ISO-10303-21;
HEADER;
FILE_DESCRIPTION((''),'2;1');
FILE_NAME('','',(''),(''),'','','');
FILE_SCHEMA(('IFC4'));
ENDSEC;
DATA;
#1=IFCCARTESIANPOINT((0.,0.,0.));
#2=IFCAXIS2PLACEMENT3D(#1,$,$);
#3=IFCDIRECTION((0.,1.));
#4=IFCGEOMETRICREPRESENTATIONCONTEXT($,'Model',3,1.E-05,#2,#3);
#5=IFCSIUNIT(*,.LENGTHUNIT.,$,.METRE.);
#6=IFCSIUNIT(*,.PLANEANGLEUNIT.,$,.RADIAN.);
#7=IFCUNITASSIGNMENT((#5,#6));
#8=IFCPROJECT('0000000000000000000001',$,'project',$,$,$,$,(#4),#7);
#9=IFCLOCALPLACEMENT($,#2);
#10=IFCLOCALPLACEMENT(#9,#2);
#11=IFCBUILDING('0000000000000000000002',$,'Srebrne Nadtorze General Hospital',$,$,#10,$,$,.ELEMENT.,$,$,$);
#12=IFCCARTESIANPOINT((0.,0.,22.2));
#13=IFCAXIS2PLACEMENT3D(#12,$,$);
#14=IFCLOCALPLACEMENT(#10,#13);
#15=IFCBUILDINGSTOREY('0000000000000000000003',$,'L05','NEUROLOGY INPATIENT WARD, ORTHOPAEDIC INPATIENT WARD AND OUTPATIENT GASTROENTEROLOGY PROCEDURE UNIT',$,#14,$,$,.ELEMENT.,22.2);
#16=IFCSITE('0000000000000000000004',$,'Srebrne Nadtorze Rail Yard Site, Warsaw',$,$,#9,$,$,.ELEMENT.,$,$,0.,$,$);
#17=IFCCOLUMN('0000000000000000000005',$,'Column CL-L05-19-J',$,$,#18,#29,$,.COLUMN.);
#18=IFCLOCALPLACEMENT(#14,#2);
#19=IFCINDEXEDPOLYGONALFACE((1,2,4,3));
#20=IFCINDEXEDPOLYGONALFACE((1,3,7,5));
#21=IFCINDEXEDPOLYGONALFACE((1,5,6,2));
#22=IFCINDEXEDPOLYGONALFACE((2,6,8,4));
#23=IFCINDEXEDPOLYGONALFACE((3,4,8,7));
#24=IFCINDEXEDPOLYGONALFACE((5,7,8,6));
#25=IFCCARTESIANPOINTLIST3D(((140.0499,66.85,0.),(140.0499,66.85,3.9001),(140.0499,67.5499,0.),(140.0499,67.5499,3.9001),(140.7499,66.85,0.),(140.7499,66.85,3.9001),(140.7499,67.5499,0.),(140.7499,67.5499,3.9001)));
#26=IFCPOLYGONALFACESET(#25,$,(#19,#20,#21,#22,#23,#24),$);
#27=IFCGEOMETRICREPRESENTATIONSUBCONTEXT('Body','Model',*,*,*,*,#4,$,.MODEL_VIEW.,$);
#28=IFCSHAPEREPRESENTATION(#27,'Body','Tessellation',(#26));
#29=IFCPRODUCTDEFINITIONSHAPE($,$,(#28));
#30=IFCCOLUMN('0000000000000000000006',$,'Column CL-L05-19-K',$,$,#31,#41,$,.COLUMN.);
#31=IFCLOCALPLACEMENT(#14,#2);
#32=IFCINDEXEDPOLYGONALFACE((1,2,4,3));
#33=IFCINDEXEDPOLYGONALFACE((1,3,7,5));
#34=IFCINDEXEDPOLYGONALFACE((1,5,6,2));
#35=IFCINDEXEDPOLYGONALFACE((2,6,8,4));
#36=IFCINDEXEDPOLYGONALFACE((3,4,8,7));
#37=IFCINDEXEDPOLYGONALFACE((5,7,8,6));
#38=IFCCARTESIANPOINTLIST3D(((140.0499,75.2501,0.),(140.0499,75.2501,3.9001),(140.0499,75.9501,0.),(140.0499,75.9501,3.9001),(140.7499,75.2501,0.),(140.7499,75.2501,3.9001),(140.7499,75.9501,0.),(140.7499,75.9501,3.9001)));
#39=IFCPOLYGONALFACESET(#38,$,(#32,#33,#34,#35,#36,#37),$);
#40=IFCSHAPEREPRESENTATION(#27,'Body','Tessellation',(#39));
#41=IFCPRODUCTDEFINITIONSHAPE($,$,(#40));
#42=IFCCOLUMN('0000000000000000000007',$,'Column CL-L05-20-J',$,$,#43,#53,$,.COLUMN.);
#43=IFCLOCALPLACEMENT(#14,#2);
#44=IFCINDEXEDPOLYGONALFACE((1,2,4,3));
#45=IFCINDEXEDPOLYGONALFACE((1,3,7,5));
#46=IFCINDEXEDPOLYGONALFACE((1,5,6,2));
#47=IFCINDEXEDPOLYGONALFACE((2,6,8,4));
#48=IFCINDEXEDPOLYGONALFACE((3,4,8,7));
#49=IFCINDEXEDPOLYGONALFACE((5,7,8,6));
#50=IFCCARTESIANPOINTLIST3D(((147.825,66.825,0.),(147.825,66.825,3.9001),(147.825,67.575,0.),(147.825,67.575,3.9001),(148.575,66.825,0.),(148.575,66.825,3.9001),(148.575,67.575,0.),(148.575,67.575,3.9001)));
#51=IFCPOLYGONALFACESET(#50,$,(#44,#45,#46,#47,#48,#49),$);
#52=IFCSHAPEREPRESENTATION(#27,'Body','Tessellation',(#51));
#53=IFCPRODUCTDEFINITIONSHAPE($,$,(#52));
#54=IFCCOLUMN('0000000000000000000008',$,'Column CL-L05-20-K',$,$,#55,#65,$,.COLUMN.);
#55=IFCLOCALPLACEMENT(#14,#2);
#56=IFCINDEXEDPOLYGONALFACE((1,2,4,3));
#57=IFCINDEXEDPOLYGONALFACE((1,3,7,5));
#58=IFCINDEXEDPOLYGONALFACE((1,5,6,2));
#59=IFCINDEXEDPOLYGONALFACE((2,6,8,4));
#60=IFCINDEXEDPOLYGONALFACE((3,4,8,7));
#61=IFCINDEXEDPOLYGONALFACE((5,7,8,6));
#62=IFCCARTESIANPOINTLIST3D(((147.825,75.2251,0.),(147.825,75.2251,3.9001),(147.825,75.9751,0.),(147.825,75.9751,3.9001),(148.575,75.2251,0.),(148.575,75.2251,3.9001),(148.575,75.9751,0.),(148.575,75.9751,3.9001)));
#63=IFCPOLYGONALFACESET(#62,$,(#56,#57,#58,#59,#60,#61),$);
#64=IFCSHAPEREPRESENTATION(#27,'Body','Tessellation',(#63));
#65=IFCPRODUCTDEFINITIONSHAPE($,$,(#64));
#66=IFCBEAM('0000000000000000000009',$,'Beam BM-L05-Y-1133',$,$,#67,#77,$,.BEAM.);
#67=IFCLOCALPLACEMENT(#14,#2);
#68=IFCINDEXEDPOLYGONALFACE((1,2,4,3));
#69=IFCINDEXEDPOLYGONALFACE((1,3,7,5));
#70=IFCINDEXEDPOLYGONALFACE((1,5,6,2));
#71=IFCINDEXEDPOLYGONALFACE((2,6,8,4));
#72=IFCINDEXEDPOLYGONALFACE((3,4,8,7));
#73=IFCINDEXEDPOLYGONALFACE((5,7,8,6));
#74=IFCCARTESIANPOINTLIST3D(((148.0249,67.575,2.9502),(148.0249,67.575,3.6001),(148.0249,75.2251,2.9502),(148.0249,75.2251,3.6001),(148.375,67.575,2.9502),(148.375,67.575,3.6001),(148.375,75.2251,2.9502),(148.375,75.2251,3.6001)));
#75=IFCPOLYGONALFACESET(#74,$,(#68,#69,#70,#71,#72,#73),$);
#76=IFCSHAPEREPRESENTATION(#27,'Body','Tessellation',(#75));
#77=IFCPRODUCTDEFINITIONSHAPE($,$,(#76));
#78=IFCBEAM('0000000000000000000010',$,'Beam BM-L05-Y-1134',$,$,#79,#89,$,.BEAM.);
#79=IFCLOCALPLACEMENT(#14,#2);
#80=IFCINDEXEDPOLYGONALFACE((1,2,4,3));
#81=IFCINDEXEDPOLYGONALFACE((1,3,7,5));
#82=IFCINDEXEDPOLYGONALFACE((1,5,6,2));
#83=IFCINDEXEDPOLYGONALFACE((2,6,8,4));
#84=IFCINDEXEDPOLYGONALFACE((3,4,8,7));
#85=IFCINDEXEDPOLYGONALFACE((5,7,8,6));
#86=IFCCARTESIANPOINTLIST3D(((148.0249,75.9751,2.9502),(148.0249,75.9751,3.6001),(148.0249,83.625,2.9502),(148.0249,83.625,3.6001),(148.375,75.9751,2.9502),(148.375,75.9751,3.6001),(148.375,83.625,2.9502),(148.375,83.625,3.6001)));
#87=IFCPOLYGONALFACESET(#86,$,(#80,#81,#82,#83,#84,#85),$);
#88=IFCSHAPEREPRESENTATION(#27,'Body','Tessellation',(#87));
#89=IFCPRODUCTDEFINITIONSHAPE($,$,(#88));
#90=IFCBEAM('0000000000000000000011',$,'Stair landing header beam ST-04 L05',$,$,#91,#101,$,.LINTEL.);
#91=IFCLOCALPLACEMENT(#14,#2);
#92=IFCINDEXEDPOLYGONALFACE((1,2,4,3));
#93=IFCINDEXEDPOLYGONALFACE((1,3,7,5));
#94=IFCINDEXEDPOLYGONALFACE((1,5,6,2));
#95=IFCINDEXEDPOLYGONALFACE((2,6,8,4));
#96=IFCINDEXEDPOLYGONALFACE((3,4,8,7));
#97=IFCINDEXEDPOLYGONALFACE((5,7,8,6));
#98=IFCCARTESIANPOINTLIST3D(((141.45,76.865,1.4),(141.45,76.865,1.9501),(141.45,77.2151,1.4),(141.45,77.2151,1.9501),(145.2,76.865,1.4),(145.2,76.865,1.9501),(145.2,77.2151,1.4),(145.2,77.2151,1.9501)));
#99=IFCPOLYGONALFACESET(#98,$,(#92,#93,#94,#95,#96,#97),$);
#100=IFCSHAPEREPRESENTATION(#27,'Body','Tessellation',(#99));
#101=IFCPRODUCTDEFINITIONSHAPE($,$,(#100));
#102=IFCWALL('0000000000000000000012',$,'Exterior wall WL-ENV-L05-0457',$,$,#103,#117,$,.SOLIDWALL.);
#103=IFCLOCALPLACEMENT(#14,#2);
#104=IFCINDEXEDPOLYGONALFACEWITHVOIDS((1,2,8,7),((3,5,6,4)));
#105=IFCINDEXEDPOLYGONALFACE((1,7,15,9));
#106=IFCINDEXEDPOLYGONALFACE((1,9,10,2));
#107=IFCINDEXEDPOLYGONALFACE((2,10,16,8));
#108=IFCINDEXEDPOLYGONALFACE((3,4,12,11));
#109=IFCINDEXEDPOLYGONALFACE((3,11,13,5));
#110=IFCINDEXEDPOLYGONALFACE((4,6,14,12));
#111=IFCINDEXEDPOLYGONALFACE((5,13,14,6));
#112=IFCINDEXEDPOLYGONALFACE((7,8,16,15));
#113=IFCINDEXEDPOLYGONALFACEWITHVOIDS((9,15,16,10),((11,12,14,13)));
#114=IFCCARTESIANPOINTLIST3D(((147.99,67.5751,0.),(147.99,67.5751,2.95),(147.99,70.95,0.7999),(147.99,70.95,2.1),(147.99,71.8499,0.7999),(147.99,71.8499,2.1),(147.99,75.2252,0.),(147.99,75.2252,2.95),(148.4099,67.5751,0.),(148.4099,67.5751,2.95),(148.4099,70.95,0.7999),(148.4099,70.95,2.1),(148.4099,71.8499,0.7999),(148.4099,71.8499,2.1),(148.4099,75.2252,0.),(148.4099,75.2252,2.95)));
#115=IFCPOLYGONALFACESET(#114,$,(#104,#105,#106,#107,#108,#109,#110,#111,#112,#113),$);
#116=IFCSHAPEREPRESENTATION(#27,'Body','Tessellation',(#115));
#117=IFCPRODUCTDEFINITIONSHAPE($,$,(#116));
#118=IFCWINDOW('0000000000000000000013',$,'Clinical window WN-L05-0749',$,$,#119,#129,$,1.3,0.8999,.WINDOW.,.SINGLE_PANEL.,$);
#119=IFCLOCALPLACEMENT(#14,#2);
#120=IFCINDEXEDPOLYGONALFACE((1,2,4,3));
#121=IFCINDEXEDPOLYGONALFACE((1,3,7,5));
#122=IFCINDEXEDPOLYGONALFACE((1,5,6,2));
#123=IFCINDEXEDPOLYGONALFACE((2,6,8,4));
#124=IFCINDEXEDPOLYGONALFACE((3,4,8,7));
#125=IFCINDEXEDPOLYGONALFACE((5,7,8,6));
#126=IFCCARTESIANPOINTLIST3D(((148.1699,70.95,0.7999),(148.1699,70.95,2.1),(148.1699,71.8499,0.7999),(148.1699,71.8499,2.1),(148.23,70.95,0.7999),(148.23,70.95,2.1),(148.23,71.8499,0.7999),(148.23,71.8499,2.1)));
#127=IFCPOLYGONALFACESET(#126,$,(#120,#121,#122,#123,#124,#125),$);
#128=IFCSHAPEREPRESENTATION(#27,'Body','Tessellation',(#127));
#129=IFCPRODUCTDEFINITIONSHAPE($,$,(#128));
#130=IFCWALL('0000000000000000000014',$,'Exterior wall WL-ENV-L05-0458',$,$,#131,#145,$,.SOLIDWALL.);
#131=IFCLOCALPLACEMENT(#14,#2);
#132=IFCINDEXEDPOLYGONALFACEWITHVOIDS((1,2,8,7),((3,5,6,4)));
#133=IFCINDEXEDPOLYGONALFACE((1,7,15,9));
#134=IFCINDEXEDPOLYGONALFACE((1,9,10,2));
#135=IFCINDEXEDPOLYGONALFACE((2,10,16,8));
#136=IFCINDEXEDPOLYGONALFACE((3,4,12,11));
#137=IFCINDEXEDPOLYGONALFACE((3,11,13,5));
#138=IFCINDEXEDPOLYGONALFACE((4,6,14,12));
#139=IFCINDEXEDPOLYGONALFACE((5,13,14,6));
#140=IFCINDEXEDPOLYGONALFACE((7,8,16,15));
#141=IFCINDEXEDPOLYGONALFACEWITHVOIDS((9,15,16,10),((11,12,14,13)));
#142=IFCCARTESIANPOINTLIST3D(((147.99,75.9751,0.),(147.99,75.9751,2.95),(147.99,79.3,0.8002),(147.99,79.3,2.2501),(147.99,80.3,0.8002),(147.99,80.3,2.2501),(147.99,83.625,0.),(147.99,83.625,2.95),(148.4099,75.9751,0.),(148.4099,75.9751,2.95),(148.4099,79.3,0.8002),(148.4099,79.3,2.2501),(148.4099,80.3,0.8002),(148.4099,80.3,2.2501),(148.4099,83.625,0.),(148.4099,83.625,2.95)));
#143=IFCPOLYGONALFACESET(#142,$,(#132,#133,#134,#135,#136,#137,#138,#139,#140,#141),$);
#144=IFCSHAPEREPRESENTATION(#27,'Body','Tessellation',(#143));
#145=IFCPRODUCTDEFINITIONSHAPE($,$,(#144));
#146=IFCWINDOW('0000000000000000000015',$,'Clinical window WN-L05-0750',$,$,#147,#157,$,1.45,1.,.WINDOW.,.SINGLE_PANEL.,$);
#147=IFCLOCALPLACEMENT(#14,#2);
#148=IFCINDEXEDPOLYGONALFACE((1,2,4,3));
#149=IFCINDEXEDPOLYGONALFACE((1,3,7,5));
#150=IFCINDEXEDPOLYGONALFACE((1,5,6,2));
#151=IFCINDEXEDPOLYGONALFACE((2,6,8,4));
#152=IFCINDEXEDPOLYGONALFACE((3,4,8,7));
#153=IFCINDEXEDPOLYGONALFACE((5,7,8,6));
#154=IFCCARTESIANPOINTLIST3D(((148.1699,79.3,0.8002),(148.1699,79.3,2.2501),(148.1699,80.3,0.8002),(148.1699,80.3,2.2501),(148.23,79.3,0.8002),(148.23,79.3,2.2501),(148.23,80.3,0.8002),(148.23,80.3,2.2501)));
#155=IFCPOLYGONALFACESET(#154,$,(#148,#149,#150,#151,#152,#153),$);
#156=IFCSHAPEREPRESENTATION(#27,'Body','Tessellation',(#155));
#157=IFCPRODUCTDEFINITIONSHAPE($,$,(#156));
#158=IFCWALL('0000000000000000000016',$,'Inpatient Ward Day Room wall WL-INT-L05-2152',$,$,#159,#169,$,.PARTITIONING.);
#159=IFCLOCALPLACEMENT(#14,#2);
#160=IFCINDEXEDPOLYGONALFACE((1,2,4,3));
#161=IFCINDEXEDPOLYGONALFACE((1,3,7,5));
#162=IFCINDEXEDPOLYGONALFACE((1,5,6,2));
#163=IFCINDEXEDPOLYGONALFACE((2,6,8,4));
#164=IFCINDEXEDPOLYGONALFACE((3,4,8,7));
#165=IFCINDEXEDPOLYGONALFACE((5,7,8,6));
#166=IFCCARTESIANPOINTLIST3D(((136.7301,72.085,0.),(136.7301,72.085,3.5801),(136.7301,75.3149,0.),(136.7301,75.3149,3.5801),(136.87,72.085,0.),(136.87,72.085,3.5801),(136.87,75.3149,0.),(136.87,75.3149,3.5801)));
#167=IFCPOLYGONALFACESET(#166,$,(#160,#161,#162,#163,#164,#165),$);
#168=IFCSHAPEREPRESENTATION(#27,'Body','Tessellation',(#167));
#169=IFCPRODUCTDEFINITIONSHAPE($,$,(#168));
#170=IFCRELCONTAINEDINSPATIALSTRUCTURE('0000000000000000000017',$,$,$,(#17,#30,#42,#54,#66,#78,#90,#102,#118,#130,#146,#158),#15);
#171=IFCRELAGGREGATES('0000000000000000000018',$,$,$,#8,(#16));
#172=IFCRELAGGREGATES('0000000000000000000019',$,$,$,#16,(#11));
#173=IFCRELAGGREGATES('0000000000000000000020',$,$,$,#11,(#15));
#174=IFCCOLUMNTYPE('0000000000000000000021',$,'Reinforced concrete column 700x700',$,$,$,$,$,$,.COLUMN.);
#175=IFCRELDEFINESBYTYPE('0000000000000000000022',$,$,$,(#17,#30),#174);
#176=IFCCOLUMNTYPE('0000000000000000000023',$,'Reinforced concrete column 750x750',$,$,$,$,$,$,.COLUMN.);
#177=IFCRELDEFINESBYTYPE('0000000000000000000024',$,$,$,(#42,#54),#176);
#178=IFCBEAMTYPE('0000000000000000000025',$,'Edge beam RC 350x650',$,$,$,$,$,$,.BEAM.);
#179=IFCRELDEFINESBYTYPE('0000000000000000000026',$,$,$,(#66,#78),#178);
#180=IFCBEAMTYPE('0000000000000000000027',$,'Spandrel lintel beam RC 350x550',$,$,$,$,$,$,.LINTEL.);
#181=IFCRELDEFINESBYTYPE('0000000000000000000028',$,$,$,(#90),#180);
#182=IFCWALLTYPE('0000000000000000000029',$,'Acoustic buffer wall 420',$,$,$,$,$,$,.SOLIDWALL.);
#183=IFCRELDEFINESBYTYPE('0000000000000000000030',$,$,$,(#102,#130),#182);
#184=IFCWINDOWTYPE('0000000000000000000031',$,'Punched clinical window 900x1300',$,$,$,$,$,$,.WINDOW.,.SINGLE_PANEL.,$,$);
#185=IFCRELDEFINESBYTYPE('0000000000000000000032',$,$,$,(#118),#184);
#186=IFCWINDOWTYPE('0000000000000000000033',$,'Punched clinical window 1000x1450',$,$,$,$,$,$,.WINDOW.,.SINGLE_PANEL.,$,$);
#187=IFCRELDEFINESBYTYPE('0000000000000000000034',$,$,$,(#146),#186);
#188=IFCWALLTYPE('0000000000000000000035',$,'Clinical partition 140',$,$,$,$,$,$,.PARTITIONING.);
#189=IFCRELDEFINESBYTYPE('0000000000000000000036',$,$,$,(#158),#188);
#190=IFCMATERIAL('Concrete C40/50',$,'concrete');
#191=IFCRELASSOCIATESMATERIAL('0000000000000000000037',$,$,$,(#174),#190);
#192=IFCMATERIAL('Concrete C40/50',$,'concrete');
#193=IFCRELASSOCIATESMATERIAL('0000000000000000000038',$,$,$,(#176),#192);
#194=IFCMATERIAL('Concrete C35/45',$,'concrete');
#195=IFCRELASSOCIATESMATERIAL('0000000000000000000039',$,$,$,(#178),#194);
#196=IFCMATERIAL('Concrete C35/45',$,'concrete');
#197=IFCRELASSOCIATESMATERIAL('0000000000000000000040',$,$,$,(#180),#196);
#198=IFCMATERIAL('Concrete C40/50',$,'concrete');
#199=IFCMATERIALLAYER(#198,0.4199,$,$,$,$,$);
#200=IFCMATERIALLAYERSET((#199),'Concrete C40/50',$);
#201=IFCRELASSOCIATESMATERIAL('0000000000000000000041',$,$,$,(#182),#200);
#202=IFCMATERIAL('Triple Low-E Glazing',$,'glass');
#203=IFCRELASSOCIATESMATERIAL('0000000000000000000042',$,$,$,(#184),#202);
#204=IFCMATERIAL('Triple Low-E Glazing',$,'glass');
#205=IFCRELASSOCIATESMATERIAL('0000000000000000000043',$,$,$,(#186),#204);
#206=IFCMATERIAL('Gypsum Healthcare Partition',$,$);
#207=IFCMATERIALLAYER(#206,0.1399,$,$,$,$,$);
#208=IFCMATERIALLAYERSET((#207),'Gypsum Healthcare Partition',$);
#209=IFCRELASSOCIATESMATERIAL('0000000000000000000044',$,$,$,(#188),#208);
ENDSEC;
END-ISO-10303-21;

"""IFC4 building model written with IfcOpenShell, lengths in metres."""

from ifc_helpers import new_model, si_unit, direction, frame, frame_2d, origin, origin_2d, place, context, subcontext, project, spatial, rectangle, extrude, material, layer, layer_set, material_profile, profile_set, type_object, element, fill, save


model = new_model("IFC4")

# Units and contexts
model_context = context("Model", 3, precision=1e-05, world=origin(), true_north=direction((0.0, 1.0)))
body_context = subcontext(model_context, "Body", "Model", "MODEL_VIEW")
ifc_project = project(units=[si_unit("LENGTHUNIT", "METRE"), si_unit("PLANEANGLEUNIT", "RADIAN")], contexts=[model_context])

# Site, building, storey
site_placement = place(None, origin())
site = spatial("IfcSite", under=ifc_project, at=site_placement, Name="Srebrne Nadtorze Rail Yard Site, Warsaw", CompositionType="ELEMENT", RefElevation=0.0)
building_placement = place(site_placement, origin())
building = spatial("IfcBuilding", under=site, at=building_placement, Name="Srebrne Nadtorze General Hospital", CompositionType="ELEMENT")
storey_placement = place(building_placement, frame((0.0, 0.0, 22.2)))
storey = spatial("IfcBuildingStorey", under=building, at=storey_placement, Name="L05", Description="NEUROLOGY INPATIENT WARD, ORTHOPAEDIC INPATIENT WARD AND OUTPATIENT GASTROENTEROLOGY PROCEDURE UNIT", CompositionType="ELEMENT", Elevation=22.2)

# Columns
ifc_material_1 = material(Name="Concrete C40/50", Category="concrete")
ifc_material_profile_1 = material_profile(ifc_material_1, rectangle(XDim=0.7, YDim=0.7, at=origin_2d()), Name="RC-COL-700x700")
ifc_profile_set_1 = profile_set([ifc_material_profile_1], Name="Concrete C40/50")
column_type_1 = type_object("IfcColumnType", Name="Reinforced concrete column 700x700", PredefinedType="COLUMN", material=ifc_profile_set_1)
for number, where, z_axis, x_axis, name in (
    (1, (140.3999, 67.2, 0.0), (0.0, 0.0, 1.0), (1.0, 0.0, 0.0), "Column CL-L05-19-J"),
    (2, (140.3999, 75.6001, 0.0), (0.0, 0.0, 1.0), (1.0, 0.0, 0.0), "Column CL-L05-19-K"),
):
    element("IfcColumn", number, at=place(storey_placement, frame(where, z_axis=z_axis, x_axis=x_axis)), inside=storey, type_object=column_type_1, Name=name, PredefinedType="COLUMN", context=body_context, shape_type="SweptSolid", body=[
        extrude(rectangle(XDim=0.7, YDim=0.7, at=origin_2d()), origin(), (0.0, 0.0, 1.0), 3.9001),
    ])
ifc_material_2 = material(Name="Concrete C40/50", Category="concrete")
ifc_material_profile_2 = material_profile(ifc_material_2, rectangle(XDim=0.75, YDim=0.75, at=origin_2d()), Name="RC-COL-750x750")
ifc_profile_set_2 = profile_set([ifc_material_profile_2], Name="Concrete C40/50")
column_type_2 = type_object("IfcColumnType", Name="Reinforced concrete column 750x750", PredefinedType="COLUMN", material=ifc_profile_set_2)
for number, where, z_axis, x_axis, name in (
    (3, (148.2, 67.2, 0.0), (0.0, 0.0, 1.0), (1.0, 0.0, 0.0), "Column CL-L05-20-J"),
    (4, (148.2, 75.6001, 0.0), (0.0, 0.0, 1.0), (1.0, 0.0, 0.0), "Column CL-L05-20-K"),
):
    element("IfcColumn", number, at=place(storey_placement, frame(where, z_axis=z_axis, x_axis=x_axis)), inside=storey, type_object=column_type_2, Name=name, PredefinedType="COLUMN", context=body_context, shape_type="SweptSolid", body=[
        extrude(rectangle(XDim=0.75, YDim=0.75, at=origin_2d()), origin(), (0.0, 0.0, 1.0), 3.9001),
    ])

# Beams
ifc_material_3 = material(Name="Concrete C35/45", Category="concrete")
ifc_material_profile_3 = material_profile(ifc_material_3, rectangle(XDim=0.3501, YDim=0.6499, at=origin_2d()), Name="RC-BM-350x650")
ifc_profile_set_3 = profile_set([ifc_material_profile_3], Name="Concrete C35/45")
beam_type_1 = type_object("IfcBeamType", Name="Edge beam RC 350x650", PredefinedType="BEAM", material=ifc_profile_set_3)
beam_1_placement = place(storey_placement, frame((148.2, 67.575, 3.2751), z_axis=(0.0, 1.0, 0.0), x_axis=(-1.0, 0.0, 0.0)))
element("IfcBeam", 5, at=beam_1_placement, inside=storey, type_object=beam_type_1, Name="Beam BM-L05-Y-1133", PredefinedType="BEAM", context=body_context, shape_type="SweptSolid", body=[
    extrude(rectangle(XDim=0.3501, YDim=0.6499, at=origin_2d()), origin(), (0.0, 0.0, 1.0), 7.6501),
])
beam_2_placement = place(storey_placement, frame((148.2, 75.9751, 3.2751), z_axis=(0.0, 1.0, 0.0), x_axis=(-1.0, 0.0, 0.0)))
element("IfcBeam", 6, at=beam_2_placement, inside=storey, type_object=beam_type_1, Name="Beam BM-L05-Y-1134", PredefinedType="BEAM", context=body_context, shape_type="SweptSolid", body=[
    extrude(rectangle(XDim=0.3501, YDim=0.6499, at=origin_2d()), origin(), (0.0, 0.0, 1.0), 7.6499),
])
ifc_material_4 = material(Name="Concrete C35/45", Category="concrete")
ifc_material_profile_4 = material_profile(ifc_material_4, rectangle(XDim=0.3501, YDim=0.55, at=origin_2d()), Name="RC-BM-350x550")
ifc_profile_set_4 = profile_set([ifc_material_profile_4], Name="Concrete C35/45")
beam_type_2 = type_object("IfcBeamType", Name="Spandrel lintel beam RC 350x550", PredefinedType="LINTEL", material=ifc_profile_set_4)
beam_3_placement = place(storey_placement, frame((141.45, 77.04, 1.675), z_axis=(1.0, 0.0, 0.0), x_axis=(0.0, 1.0, 0.0)))
element("IfcBeam", 7, at=beam_3_placement, inside=storey, type_object=beam_type_2, Name="Stair landing header beam ST-04 L05", PredefinedType="LINTEL", context=body_context, shape_type="SweptSolid", body=[
    extrude(rectangle(XDim=0.3501, YDim=0.55, at=origin_2d()), origin(), (0.0, 0.0, 1.0), 3.75),
])

# Walls, openings, windows
ifc_material_5 = material(Name="Concrete C40/50", Category="concrete")
ifc_layer_1 = layer(ifc_material_5, 0.4199)
ifc_layer_set_1 = layer_set([ifc_layer_1], Name="Concrete C40/50")
wall_type_1 = type_object("IfcWallType", Name="Acoustic buffer wall 420", PredefinedType="SOLIDWALL", material=ifc_layer_set_1)
wall_1_placement = place(storey_placement, frame((148.2, 67.575, 0.0), z_axis=(0.0, 0.0, 1.0), x_axis=(0.0, 1.0, 0.0)))
wall_1 = element("IfcWall", 8, at=wall_1_placement, inside=storey, type_object=wall_type_1, Name="Exterior wall WL-ENV-L05-0457", PredefinedType="SOLIDWALL", context=body_context, shape_type="SweptSolid", body=[
    extrude(rectangle(XDim=7.6501, YDim=0.4199, at=frame_2d((3.8252, 0.0))), origin(), (0.0, 0.0, 1.0), 2.95),
])
opening_1_placement = place(wall_1_placement, frame((3.375, 0.0, 0.8)))
opening_1 = element("IfcOpeningElement", 9, at=opening_1_placement, cuts=wall_1, PredefinedType="OPENING", context=body_context, shape_type="SweptSolid", body=[
    extrude(rectangle(XDim=0.8999, YDim=1.3, at=frame_2d((0.45, 0.6499))), frame((0.0, 0.2219, 0.0), z_axis=(0.0, -1.0, 0.0), x_axis=(1.0, 0.0, 0.0)), (0.0, 0.0, 1.0), 0.4438),
])
ifc_material_6 = material(Name="Triple Low-E Glazing", Category="glass")
window_type_1 = type_object("IfcWindowType", Name="Punched clinical window 900x1300", PartitioningType="SINGLE_PANEL", PredefinedType="WINDOW", material=ifc_material_6)
window_1_placement = place(opening_1_placement, origin())
window_1 = element("IfcWindow", 10, at=window_1_placement, inside=storey, type_object=window_type_1, Name="Clinical window WN-L05-0749", OverallHeight=1.3, OverallWidth=0.8999, PartitioningType="SINGLE_PANEL", PredefinedType="WINDOW", context=body_context, shape_type="SweptSolid", body=[
    extrude(rectangle(XDim=0.8999, YDim=1.3, at=frame_2d((0.45, 0.6499))), frame((0.0, 0.03, 0.0), z_axis=(0.0, -1.0, 0.0), x_axis=(1.0, 0.0, 0.0)), (0.0, 0.0, 1.0), 0.0601),
])
fill(opening_1, window_1)
wall_2_placement = place(storey_placement, frame((148.2, 75.9751, 0.0), z_axis=(0.0, 0.0, 1.0), x_axis=(0.0, 1.0, 0.0)))
wall_2 = element("IfcWall", 11, at=wall_2_placement, inside=storey, type_object=wall_type_1, Name="Exterior wall WL-ENV-L05-0458", PredefinedType="SOLIDWALL", context=body_context, shape_type="SweptSolid", body=[
    extrude(rectangle(XDim=7.6499, YDim=0.4199, at=frame_2d((3.825, 0.0))), origin(), (0.0, 0.0, 1.0), 2.95),
])
opening_2_placement = place(wall_2_placement, frame((3.325, 0.0, 0.8)))
opening_2 = element("IfcOpeningElement", 12, at=opening_2_placement, cuts=wall_2, PredefinedType="OPENING", context=body_context, shape_type="SweptSolid", body=[
    extrude(rectangle(XDim=1.0, YDim=1.45, at=frame_2d((0.5, 0.7251))), frame((0.0, 0.2219, 0.0), z_axis=(0.0, -1.0, 0.0), x_axis=(1.0, 0.0, 0.0)), (0.0, 0.0, 1.0), 0.4438),
])
ifc_material_7 = material(Name="Triple Low-E Glazing", Category="glass")
window_type_2 = type_object("IfcWindowType", Name="Punched clinical window 1000x1450", PartitioningType="SINGLE_PANEL", PredefinedType="WINDOW", material=ifc_material_7)
window_2_placement = place(opening_2_placement, origin())
window_2 = element("IfcWindow", 13, at=window_2_placement, inside=storey, type_object=window_type_2, Name="Clinical window WN-L05-0750", OverallHeight=1.45, OverallWidth=1.0, PartitioningType="SINGLE_PANEL", PredefinedType="WINDOW", context=body_context, shape_type="SweptSolid", body=[
    extrude(rectangle(XDim=1.0, YDim=1.45, at=frame_2d((0.5, 0.7251))), frame((0.0, 0.03, 0.0), z_axis=(0.0, -1.0, 0.0), x_axis=(1.0, 0.0, 0.0)), (0.0, 0.0, 1.0), 0.0601),
])
fill(opening_2, window_2)

# Wall
ifc_material_8 = material(Name="Gypsum Healthcare Partition")
ifc_layer_2 = layer(ifc_material_8, 0.1399)
ifc_layer_set_2 = layer_set([ifc_layer_2], Name="Gypsum Healthcare Partition")
wall_type_2 = type_object("IfcWallType", Name="Clinical partition 140", PredefinedType="PARTITIONING", material=ifc_layer_set_2)
wall_3_placement = place(storey_placement, frame((136.8, 72.085, 0.0), z_axis=(0.0, 0.0, 1.0), x_axis=(0.0, 1.0, 0.0)))
element("IfcWall", 14, at=wall_3_placement, inside=storey, type_object=wall_type_2, Name="Inpatient Ward Day Room wall WL-INT-L05-2152", PredefinedType="PARTITIONING", context=body_context, shape_type="SweptSolid", body=[
    extrude(rectangle(XDim=3.23, YDim=0.1399, at=frame_2d((1.615, 0.0))), origin(), (0.0, 0.0, 1.0), 3.5801),
])

save(model, "model.ifc")
